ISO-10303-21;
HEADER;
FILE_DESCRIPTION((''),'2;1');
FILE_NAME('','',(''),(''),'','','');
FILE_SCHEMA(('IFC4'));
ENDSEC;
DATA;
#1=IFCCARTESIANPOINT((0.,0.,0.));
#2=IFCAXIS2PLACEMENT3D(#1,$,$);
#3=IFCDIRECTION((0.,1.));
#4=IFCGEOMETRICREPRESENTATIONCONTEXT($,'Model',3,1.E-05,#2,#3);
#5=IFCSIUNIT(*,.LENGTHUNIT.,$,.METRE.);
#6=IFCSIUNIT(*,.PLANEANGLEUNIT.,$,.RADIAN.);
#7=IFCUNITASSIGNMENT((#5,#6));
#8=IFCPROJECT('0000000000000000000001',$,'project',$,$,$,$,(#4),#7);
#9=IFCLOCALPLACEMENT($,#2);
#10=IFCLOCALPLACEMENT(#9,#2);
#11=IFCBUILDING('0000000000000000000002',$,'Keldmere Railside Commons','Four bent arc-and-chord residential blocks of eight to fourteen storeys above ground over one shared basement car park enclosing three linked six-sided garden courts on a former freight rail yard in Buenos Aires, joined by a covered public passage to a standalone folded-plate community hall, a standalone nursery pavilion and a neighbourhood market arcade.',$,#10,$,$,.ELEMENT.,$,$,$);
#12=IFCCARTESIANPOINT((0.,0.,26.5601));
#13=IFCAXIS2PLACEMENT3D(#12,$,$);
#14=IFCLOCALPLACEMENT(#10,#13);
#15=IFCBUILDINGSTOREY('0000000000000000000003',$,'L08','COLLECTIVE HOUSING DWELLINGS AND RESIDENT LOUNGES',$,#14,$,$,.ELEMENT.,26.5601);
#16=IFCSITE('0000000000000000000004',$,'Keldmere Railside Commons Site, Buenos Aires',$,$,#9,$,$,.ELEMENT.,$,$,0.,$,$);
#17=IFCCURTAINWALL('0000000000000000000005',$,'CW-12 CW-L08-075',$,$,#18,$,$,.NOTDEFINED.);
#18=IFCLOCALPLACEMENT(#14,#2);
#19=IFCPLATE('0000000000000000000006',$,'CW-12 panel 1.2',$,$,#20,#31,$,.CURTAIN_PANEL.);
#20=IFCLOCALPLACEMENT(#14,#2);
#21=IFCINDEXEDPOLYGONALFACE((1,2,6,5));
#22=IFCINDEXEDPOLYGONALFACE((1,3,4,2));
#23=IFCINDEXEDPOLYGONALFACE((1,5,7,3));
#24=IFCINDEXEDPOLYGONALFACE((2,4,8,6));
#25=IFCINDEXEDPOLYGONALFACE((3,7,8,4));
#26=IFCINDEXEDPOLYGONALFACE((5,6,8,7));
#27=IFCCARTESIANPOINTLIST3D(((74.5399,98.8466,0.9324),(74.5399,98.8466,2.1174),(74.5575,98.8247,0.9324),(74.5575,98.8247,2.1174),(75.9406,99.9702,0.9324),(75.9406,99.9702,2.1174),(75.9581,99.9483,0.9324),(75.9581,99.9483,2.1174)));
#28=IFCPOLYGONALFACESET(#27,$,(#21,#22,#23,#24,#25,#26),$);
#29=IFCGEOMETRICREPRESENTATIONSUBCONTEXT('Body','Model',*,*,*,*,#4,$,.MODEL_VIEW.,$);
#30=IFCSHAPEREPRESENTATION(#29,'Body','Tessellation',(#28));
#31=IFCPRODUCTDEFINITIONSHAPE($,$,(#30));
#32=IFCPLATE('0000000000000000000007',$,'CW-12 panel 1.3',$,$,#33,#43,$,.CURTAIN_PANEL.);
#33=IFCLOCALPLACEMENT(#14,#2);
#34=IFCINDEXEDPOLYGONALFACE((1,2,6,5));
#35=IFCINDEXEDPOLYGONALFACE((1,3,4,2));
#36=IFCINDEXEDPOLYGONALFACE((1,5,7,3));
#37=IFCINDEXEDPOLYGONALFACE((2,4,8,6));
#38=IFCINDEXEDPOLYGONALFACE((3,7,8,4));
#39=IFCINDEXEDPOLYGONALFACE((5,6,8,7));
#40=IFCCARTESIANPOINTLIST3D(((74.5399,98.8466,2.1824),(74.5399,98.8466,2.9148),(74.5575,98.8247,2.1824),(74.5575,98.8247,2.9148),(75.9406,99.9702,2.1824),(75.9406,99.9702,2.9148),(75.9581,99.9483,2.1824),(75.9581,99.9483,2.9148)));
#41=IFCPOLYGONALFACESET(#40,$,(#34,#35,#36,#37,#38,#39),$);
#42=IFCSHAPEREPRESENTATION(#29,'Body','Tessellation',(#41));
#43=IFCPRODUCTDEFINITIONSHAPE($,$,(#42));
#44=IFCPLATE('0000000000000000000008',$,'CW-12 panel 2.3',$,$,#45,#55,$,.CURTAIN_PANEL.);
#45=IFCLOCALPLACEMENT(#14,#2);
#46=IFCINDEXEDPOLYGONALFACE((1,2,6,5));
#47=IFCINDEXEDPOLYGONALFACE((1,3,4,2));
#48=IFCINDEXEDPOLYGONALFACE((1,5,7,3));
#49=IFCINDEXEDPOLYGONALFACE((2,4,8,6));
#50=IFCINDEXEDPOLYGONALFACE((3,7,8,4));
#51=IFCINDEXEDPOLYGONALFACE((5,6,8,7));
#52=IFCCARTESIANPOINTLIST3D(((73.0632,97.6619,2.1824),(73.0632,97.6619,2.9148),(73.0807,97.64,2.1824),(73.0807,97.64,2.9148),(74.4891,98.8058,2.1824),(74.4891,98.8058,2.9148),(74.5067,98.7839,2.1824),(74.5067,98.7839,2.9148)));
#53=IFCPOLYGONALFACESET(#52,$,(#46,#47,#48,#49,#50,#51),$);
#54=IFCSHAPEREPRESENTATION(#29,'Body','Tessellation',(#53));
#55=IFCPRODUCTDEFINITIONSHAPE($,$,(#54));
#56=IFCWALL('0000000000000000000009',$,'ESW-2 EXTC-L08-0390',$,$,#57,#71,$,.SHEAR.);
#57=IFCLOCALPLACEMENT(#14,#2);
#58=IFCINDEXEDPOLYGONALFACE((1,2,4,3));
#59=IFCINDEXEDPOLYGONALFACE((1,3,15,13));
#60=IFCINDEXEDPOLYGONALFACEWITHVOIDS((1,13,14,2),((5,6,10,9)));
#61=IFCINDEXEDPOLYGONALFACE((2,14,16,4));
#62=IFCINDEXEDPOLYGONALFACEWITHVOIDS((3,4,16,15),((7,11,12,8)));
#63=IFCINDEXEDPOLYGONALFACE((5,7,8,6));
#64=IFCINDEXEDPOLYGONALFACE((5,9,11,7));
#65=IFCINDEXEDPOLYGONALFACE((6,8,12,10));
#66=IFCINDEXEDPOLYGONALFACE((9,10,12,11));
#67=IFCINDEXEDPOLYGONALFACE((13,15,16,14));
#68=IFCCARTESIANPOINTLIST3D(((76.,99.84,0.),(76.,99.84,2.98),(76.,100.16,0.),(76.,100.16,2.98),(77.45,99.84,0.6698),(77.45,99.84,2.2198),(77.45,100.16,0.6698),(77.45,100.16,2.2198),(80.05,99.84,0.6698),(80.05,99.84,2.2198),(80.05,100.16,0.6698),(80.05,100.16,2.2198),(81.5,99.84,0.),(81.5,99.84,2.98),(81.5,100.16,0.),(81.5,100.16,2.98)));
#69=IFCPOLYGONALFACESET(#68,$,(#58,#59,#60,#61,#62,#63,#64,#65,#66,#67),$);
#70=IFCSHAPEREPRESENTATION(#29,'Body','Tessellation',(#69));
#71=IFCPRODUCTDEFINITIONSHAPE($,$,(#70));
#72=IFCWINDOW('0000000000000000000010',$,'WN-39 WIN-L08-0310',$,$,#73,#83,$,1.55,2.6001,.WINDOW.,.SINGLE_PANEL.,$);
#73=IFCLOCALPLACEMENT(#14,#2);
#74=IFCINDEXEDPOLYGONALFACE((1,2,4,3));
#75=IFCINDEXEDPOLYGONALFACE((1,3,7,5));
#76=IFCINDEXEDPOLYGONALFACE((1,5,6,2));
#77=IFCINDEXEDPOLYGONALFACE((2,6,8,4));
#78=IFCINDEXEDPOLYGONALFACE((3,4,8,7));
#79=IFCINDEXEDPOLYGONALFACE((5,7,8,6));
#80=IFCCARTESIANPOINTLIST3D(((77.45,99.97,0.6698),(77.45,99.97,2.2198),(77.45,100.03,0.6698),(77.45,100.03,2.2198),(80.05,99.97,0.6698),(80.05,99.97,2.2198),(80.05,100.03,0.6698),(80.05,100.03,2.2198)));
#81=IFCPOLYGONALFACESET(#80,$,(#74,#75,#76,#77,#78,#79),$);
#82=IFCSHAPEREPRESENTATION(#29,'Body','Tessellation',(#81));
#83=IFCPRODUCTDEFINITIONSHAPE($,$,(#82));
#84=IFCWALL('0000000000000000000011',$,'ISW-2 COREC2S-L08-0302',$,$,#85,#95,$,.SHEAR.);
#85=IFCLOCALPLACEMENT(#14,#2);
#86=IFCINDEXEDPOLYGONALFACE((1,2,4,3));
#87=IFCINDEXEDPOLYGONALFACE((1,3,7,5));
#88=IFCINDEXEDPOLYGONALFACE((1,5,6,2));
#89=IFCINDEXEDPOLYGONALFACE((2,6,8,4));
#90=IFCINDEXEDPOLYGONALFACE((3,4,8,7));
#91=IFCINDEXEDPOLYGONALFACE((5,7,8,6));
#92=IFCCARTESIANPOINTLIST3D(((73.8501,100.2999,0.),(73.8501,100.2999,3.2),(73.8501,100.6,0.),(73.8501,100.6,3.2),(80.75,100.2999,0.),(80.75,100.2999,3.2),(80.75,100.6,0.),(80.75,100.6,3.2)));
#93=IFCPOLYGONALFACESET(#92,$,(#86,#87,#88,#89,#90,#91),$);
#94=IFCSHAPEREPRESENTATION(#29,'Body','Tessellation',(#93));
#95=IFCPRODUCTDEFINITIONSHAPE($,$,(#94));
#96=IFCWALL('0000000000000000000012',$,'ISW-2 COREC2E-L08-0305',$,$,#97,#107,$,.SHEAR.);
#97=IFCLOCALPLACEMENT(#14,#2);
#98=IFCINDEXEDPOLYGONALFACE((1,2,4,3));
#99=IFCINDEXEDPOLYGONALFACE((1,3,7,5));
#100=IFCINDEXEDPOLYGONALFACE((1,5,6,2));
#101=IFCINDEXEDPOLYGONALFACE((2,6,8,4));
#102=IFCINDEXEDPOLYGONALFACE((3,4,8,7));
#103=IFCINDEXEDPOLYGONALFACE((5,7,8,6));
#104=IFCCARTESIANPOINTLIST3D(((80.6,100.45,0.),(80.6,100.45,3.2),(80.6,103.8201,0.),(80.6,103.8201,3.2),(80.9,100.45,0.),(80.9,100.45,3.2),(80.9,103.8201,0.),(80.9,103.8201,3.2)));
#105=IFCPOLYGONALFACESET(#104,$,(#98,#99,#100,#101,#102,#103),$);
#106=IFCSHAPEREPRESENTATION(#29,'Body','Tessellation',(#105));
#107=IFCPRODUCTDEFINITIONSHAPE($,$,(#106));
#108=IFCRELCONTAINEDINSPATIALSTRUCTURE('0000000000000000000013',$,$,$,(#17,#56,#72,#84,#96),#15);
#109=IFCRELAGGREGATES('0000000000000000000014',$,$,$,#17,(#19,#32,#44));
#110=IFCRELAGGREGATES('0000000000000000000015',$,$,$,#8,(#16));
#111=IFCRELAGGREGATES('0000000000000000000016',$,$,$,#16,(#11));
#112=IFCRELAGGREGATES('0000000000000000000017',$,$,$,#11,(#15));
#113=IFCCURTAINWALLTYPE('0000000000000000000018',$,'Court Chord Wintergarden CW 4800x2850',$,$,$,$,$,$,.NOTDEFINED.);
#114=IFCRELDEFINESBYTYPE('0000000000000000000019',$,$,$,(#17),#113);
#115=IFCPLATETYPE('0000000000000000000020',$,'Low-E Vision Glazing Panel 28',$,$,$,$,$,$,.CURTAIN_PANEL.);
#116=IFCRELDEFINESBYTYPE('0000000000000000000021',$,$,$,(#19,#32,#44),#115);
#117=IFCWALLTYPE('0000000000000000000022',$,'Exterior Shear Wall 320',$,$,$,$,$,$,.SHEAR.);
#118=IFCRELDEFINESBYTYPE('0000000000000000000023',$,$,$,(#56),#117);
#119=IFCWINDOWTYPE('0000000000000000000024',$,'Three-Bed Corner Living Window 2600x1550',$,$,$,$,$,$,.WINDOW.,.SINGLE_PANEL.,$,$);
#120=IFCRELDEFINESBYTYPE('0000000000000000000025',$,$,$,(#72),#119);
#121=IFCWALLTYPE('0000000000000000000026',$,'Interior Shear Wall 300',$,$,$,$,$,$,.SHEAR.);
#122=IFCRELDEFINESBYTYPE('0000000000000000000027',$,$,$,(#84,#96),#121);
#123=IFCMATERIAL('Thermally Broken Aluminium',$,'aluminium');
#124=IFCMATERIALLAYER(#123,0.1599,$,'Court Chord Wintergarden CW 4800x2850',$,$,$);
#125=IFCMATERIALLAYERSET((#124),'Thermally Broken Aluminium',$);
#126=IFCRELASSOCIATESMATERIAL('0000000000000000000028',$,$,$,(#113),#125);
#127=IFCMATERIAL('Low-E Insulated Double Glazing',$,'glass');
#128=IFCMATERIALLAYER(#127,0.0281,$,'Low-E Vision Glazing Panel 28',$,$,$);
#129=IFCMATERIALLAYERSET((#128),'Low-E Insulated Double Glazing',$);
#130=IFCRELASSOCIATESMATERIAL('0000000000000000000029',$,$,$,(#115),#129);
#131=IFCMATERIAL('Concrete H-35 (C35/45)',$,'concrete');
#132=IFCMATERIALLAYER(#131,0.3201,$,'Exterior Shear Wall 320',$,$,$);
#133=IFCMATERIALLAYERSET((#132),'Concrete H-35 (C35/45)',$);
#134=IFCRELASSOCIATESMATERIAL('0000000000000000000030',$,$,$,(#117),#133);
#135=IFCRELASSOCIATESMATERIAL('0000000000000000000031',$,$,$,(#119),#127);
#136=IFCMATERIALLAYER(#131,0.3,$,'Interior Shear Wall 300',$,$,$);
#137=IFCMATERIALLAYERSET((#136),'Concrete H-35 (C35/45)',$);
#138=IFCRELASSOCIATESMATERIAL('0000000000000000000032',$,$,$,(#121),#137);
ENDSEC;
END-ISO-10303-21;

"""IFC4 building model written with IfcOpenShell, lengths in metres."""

from ifc_helpers import new_model, si_unit, direction, frame, frame_2d, origin, origin_2d, place, context, subcontext, project, spatial, rectangle, extrude, material, layer, layer_set, type_object, element, fill, aggregate, save


model = new_model("IFC4")

# Units and contexts
model_context = context("Model", 3, precision=1e-05, world=origin(), true_north=direction((0.0, 1.0)))
body_context = subcontext(model_context, "Body", "Model", "MODEL_VIEW")
ifc_project = project(units=[si_unit("LENGTHUNIT", "METRE"), si_unit("PLANEANGLEUNIT", "RADIAN")], contexts=[model_context])

# Site, building, storey
site_placement = place(None, origin())
site = spatial("IfcSite", under=ifc_project, at=site_placement, Name="Keldmere Railside Commons Site, Buenos Aires", CompositionType="ELEMENT", RefElevation=0.0)
building_placement = place(site_placement, origin())
building = spatial("IfcBuilding", under=site, at=building_placement, Name="Keldmere Railside Commons", Description="Four bent arc-and-chord residential blocks of eight to fourteen storeys above ground over one shared basement car park enclosing three linked six-sided garden courts on a former freight rail yard in Buenos Aires, joined by a covered public passage to a standalone folded-plate community hall, a standalone nursery pavilion and a neighbourhood market arcade.", CompositionType="ELEMENT")
storey_placement = place(building_placement, frame((0.0, 0.0, 26.5601)))
storey = spatial("IfcBuildingStorey", under=building, at=storey_placement, Name="L08", Description="COLLECTIVE HOUSING DWELLINGS AND RESIDENT LOUNGES", CompositionType="ELEMENT", Elevation=26.5601)

# Curtain wall, plates
ifc_material_1 = material(Name="Thermally Broken Aluminium", Category="aluminium")
ifc_layer_1 = layer(ifc_material_1, 0.1599, Name="Court Chord Wintergarden CW 4800x2850")
ifc_layer_set_1 = layer_set([ifc_layer_1], Name="Thermally Broken Aluminium")
curtain_wall_type = type_object("IfcCurtainWallType", Name="Court Chord Wintergarden CW 4800x2850", PredefinedType="NOTDEFINED", material=ifc_layer_set_1)
curtain_wall_placement = place(storey_placement, origin())
curtain_wall = element("IfcCurtainWall", 1, at=curtain_wall_placement, inside=storey, type_object=curtain_wall_type, Name="CW-12 CW-L08-075", PredefinedType="NOTDEFINED")
ifc_material_2 = material(Name="Low-E Insulated Double Glazing", Category="glass")
ifc_layer_2 = layer(ifc_material_2, 0.0281, Name="Low-E Vision Glazing Panel 28")
ifc_layer_set_2 = layer_set([ifc_layer_2], Name="Low-E Insulated Double Glazing")
plate_type = type_object("IfcPlateType", Name="Low-E Vision Glazing Panel 28", PredefinedType="CURTAIN_PANEL", material=ifc_layer_set_2)
plate_1_placement = place(storey_placement, frame((75.249, 99.3975, 0.9324), z_axis=(0.0, 0.0, 1.0), x_axis=(-0.780009, -0.625768, 0.0)))
plate_1 = element("IfcPlate", 2, at=plate_1_placement, type_object=plate_type, Name="CW-12 panel 1.2", PredefinedType="CURTAIN_PANEL", context=body_context, shape_type="SweptSolid", body=[
    extrude(rectangle(XDim=1.7957, YDim=0.0281, at=origin_2d()), origin(), (0.0, 0.0, 1.0), 1.1851),
])
plate_2_placement = place(storey_placement, frame((75.249, 99.3975, 2.1824), z_axis=(0.0, 0.0, 1.0), x_axis=(-0.780009, -0.625768, 0.0)))
plate_2 = element("IfcPlate", 3, at=plate_2_placement, type_object=plate_type, Name="CW-12 panel 1.3", PredefinedType="CURTAIN_PANEL", context=body_context, shape_type="SweptSolid", body=[
    extrude(rectangle(XDim=1.7957, YDim=0.0281, at=origin_2d()), origin(), (0.0, 0.0, 1.0), 0.7324),
])
plate_3_placement = place(storey_placement, frame((73.7849, 98.2229, 2.1824), z_axis=(0.0, 0.0, 1.0), x_axis=(-0.780009, -0.625768, 0.0)))
plate_3 = element("IfcPlate", 4, at=plate_3_placement, type_object=plate_type, Name="CW-12 panel 2.3", PredefinedType="CURTAIN_PANEL", context=body_context, shape_type="SweptSolid", body=[
    extrude(rectangle(XDim=1.8281, YDim=0.0281, at=origin_2d()), origin(), (0.0, 0.0, 1.0), 0.7324),
])
aggregate(curtain_wall, [plate_1, plate_2, plate_3])

# Wall, opening, window
ifc_material_3 = material(Name="Concrete H-35 (C35/45)", Category="concrete")
ifc_layer_3 = layer(ifc_material_3, 0.3201, Name="Exterior Shear Wall 320")
ifc_layer_set_3 = layer_set([ifc_layer_3], Name="Concrete H-35 (C35/45)")
wall_type_1 = type_object("IfcWallType", Name="Exterior Shear Wall 320", PredefinedType="SHEAR", material=ifc_layer_set_3)
wall_1_placement = place(storey_placement, frame((81.5, 100.0, 0.0), z_axis=(0.0, 0.0, 1.0), x_axis=(-1.0, 0.0, 0.0)))
wall_1 = element("IfcWall", 5, at=wall_1_placement, inside=storey, type_object=wall_type_1, Name="ESW-2 EXTC-L08-0390", PredefinedType="SHEAR", context=body_context, shape_type="SweptSolid", body=[
    extrude(rectangle(XDim=5.5, YDim=0.3201, at=frame_2d((2.75, 0.0))), origin(), (0.0, 0.0, 1.0), 2.98),
])
opening_placement = place(wall_1_placement, frame((1.45, 0.0, 0.6699)))
opening = element("IfcOpeningElement", 6, at=opening_placement, cuts=wall_1, PredefinedType="OPENING", context=body_context, shape_type="SweptSolid", body=[
    extrude(rectangle(XDim=2.6001, YDim=1.55, at=frame_2d((1.3, 0.7749))), frame((0.0, 0.1699, 0.0), z_axis=(0.0, -1.0, 0.0), x_axis=(1.0, 0.0, 0.0)), (0.0, 0.0, 1.0), 0.3401),
])
window_type = type_object("IfcWindowType", Name="Three-Bed Corner Living Window 2600x1550", PartitioningType="SINGLE_PANEL", PredefinedType="WINDOW", material=ifc_material_2)
window_placement = place(opening_placement, origin())
window = element("IfcWindow", 7, at=window_placement, inside=storey, type_object=window_type, Name="WN-39 WIN-L08-0310", OverallHeight=1.55, OverallWidth=2.6001, PartitioningType="SINGLE_PANEL", PredefinedType="WINDOW", context=body_context, shape_type="SweptSolid", body=[
    extrude(rectangle(XDim=2.6001, YDim=1.55, at=frame_2d((1.3, 0.7749))), frame((0.0, 0.03, 0.0), z_axis=(0.0, -1.0, 0.0), x_axis=(1.0, 0.0, 0.0)), (0.0, 0.0, 1.0), 0.0601),
])
fill(opening, window)

# Walls
ifc_layer_4 = layer(ifc_material_3, 0.3, Name="Interior Shear Wall 300")
ifc_layer_set_4 = layer_set([ifc_layer_4], Name="Concrete H-35 (C35/45)")
wall_type_2 = type_object("IfcWallType", Name="Interior Shear Wall 300", PredefinedType="SHEAR", material=ifc_layer_set_4)
wall_2_placement = place(storey_placement, frame((73.8501, 100.45, 0.0), z_axis=(0.0, 0.0, 1.0), x_axis=(1.0, 0.0, 0.0)))
element("IfcWall", 8, at=wall_2_placement, inside=storey, type_object=wall_type_2, Name="ISW-2 COREC2S-L08-0302", PredefinedType="SHEAR", context=body_context, shape_type="SweptSolid", body=[
    extrude(rectangle(XDim=6.8999, YDim=0.3, at=frame_2d((3.45, 0.0))), origin(), (0.0, 0.0, 1.0), 3.2),
])
wall_3_placement = place(storey_placement, frame((80.75, 100.45, 0.0), z_axis=(0.0, 0.0, 1.0), x_axis=(0.0, 1.0, 0.0)))
element("IfcWall", 9, at=wall_3_placement, inside=storey, type_object=wall_type_2, Name="ISW-2 COREC2E-L08-0305", PredefinedType="SHEAR", context=body_context, shape_type="SweptSolid", body=[
    extrude(rectangle(XDim=3.3701, YDim=0.3, at=frame_2d((1.6851, 0.0))), origin(), (0.0, 0.0, 1.0), 3.2),
])

save(model, "model.ifc")
